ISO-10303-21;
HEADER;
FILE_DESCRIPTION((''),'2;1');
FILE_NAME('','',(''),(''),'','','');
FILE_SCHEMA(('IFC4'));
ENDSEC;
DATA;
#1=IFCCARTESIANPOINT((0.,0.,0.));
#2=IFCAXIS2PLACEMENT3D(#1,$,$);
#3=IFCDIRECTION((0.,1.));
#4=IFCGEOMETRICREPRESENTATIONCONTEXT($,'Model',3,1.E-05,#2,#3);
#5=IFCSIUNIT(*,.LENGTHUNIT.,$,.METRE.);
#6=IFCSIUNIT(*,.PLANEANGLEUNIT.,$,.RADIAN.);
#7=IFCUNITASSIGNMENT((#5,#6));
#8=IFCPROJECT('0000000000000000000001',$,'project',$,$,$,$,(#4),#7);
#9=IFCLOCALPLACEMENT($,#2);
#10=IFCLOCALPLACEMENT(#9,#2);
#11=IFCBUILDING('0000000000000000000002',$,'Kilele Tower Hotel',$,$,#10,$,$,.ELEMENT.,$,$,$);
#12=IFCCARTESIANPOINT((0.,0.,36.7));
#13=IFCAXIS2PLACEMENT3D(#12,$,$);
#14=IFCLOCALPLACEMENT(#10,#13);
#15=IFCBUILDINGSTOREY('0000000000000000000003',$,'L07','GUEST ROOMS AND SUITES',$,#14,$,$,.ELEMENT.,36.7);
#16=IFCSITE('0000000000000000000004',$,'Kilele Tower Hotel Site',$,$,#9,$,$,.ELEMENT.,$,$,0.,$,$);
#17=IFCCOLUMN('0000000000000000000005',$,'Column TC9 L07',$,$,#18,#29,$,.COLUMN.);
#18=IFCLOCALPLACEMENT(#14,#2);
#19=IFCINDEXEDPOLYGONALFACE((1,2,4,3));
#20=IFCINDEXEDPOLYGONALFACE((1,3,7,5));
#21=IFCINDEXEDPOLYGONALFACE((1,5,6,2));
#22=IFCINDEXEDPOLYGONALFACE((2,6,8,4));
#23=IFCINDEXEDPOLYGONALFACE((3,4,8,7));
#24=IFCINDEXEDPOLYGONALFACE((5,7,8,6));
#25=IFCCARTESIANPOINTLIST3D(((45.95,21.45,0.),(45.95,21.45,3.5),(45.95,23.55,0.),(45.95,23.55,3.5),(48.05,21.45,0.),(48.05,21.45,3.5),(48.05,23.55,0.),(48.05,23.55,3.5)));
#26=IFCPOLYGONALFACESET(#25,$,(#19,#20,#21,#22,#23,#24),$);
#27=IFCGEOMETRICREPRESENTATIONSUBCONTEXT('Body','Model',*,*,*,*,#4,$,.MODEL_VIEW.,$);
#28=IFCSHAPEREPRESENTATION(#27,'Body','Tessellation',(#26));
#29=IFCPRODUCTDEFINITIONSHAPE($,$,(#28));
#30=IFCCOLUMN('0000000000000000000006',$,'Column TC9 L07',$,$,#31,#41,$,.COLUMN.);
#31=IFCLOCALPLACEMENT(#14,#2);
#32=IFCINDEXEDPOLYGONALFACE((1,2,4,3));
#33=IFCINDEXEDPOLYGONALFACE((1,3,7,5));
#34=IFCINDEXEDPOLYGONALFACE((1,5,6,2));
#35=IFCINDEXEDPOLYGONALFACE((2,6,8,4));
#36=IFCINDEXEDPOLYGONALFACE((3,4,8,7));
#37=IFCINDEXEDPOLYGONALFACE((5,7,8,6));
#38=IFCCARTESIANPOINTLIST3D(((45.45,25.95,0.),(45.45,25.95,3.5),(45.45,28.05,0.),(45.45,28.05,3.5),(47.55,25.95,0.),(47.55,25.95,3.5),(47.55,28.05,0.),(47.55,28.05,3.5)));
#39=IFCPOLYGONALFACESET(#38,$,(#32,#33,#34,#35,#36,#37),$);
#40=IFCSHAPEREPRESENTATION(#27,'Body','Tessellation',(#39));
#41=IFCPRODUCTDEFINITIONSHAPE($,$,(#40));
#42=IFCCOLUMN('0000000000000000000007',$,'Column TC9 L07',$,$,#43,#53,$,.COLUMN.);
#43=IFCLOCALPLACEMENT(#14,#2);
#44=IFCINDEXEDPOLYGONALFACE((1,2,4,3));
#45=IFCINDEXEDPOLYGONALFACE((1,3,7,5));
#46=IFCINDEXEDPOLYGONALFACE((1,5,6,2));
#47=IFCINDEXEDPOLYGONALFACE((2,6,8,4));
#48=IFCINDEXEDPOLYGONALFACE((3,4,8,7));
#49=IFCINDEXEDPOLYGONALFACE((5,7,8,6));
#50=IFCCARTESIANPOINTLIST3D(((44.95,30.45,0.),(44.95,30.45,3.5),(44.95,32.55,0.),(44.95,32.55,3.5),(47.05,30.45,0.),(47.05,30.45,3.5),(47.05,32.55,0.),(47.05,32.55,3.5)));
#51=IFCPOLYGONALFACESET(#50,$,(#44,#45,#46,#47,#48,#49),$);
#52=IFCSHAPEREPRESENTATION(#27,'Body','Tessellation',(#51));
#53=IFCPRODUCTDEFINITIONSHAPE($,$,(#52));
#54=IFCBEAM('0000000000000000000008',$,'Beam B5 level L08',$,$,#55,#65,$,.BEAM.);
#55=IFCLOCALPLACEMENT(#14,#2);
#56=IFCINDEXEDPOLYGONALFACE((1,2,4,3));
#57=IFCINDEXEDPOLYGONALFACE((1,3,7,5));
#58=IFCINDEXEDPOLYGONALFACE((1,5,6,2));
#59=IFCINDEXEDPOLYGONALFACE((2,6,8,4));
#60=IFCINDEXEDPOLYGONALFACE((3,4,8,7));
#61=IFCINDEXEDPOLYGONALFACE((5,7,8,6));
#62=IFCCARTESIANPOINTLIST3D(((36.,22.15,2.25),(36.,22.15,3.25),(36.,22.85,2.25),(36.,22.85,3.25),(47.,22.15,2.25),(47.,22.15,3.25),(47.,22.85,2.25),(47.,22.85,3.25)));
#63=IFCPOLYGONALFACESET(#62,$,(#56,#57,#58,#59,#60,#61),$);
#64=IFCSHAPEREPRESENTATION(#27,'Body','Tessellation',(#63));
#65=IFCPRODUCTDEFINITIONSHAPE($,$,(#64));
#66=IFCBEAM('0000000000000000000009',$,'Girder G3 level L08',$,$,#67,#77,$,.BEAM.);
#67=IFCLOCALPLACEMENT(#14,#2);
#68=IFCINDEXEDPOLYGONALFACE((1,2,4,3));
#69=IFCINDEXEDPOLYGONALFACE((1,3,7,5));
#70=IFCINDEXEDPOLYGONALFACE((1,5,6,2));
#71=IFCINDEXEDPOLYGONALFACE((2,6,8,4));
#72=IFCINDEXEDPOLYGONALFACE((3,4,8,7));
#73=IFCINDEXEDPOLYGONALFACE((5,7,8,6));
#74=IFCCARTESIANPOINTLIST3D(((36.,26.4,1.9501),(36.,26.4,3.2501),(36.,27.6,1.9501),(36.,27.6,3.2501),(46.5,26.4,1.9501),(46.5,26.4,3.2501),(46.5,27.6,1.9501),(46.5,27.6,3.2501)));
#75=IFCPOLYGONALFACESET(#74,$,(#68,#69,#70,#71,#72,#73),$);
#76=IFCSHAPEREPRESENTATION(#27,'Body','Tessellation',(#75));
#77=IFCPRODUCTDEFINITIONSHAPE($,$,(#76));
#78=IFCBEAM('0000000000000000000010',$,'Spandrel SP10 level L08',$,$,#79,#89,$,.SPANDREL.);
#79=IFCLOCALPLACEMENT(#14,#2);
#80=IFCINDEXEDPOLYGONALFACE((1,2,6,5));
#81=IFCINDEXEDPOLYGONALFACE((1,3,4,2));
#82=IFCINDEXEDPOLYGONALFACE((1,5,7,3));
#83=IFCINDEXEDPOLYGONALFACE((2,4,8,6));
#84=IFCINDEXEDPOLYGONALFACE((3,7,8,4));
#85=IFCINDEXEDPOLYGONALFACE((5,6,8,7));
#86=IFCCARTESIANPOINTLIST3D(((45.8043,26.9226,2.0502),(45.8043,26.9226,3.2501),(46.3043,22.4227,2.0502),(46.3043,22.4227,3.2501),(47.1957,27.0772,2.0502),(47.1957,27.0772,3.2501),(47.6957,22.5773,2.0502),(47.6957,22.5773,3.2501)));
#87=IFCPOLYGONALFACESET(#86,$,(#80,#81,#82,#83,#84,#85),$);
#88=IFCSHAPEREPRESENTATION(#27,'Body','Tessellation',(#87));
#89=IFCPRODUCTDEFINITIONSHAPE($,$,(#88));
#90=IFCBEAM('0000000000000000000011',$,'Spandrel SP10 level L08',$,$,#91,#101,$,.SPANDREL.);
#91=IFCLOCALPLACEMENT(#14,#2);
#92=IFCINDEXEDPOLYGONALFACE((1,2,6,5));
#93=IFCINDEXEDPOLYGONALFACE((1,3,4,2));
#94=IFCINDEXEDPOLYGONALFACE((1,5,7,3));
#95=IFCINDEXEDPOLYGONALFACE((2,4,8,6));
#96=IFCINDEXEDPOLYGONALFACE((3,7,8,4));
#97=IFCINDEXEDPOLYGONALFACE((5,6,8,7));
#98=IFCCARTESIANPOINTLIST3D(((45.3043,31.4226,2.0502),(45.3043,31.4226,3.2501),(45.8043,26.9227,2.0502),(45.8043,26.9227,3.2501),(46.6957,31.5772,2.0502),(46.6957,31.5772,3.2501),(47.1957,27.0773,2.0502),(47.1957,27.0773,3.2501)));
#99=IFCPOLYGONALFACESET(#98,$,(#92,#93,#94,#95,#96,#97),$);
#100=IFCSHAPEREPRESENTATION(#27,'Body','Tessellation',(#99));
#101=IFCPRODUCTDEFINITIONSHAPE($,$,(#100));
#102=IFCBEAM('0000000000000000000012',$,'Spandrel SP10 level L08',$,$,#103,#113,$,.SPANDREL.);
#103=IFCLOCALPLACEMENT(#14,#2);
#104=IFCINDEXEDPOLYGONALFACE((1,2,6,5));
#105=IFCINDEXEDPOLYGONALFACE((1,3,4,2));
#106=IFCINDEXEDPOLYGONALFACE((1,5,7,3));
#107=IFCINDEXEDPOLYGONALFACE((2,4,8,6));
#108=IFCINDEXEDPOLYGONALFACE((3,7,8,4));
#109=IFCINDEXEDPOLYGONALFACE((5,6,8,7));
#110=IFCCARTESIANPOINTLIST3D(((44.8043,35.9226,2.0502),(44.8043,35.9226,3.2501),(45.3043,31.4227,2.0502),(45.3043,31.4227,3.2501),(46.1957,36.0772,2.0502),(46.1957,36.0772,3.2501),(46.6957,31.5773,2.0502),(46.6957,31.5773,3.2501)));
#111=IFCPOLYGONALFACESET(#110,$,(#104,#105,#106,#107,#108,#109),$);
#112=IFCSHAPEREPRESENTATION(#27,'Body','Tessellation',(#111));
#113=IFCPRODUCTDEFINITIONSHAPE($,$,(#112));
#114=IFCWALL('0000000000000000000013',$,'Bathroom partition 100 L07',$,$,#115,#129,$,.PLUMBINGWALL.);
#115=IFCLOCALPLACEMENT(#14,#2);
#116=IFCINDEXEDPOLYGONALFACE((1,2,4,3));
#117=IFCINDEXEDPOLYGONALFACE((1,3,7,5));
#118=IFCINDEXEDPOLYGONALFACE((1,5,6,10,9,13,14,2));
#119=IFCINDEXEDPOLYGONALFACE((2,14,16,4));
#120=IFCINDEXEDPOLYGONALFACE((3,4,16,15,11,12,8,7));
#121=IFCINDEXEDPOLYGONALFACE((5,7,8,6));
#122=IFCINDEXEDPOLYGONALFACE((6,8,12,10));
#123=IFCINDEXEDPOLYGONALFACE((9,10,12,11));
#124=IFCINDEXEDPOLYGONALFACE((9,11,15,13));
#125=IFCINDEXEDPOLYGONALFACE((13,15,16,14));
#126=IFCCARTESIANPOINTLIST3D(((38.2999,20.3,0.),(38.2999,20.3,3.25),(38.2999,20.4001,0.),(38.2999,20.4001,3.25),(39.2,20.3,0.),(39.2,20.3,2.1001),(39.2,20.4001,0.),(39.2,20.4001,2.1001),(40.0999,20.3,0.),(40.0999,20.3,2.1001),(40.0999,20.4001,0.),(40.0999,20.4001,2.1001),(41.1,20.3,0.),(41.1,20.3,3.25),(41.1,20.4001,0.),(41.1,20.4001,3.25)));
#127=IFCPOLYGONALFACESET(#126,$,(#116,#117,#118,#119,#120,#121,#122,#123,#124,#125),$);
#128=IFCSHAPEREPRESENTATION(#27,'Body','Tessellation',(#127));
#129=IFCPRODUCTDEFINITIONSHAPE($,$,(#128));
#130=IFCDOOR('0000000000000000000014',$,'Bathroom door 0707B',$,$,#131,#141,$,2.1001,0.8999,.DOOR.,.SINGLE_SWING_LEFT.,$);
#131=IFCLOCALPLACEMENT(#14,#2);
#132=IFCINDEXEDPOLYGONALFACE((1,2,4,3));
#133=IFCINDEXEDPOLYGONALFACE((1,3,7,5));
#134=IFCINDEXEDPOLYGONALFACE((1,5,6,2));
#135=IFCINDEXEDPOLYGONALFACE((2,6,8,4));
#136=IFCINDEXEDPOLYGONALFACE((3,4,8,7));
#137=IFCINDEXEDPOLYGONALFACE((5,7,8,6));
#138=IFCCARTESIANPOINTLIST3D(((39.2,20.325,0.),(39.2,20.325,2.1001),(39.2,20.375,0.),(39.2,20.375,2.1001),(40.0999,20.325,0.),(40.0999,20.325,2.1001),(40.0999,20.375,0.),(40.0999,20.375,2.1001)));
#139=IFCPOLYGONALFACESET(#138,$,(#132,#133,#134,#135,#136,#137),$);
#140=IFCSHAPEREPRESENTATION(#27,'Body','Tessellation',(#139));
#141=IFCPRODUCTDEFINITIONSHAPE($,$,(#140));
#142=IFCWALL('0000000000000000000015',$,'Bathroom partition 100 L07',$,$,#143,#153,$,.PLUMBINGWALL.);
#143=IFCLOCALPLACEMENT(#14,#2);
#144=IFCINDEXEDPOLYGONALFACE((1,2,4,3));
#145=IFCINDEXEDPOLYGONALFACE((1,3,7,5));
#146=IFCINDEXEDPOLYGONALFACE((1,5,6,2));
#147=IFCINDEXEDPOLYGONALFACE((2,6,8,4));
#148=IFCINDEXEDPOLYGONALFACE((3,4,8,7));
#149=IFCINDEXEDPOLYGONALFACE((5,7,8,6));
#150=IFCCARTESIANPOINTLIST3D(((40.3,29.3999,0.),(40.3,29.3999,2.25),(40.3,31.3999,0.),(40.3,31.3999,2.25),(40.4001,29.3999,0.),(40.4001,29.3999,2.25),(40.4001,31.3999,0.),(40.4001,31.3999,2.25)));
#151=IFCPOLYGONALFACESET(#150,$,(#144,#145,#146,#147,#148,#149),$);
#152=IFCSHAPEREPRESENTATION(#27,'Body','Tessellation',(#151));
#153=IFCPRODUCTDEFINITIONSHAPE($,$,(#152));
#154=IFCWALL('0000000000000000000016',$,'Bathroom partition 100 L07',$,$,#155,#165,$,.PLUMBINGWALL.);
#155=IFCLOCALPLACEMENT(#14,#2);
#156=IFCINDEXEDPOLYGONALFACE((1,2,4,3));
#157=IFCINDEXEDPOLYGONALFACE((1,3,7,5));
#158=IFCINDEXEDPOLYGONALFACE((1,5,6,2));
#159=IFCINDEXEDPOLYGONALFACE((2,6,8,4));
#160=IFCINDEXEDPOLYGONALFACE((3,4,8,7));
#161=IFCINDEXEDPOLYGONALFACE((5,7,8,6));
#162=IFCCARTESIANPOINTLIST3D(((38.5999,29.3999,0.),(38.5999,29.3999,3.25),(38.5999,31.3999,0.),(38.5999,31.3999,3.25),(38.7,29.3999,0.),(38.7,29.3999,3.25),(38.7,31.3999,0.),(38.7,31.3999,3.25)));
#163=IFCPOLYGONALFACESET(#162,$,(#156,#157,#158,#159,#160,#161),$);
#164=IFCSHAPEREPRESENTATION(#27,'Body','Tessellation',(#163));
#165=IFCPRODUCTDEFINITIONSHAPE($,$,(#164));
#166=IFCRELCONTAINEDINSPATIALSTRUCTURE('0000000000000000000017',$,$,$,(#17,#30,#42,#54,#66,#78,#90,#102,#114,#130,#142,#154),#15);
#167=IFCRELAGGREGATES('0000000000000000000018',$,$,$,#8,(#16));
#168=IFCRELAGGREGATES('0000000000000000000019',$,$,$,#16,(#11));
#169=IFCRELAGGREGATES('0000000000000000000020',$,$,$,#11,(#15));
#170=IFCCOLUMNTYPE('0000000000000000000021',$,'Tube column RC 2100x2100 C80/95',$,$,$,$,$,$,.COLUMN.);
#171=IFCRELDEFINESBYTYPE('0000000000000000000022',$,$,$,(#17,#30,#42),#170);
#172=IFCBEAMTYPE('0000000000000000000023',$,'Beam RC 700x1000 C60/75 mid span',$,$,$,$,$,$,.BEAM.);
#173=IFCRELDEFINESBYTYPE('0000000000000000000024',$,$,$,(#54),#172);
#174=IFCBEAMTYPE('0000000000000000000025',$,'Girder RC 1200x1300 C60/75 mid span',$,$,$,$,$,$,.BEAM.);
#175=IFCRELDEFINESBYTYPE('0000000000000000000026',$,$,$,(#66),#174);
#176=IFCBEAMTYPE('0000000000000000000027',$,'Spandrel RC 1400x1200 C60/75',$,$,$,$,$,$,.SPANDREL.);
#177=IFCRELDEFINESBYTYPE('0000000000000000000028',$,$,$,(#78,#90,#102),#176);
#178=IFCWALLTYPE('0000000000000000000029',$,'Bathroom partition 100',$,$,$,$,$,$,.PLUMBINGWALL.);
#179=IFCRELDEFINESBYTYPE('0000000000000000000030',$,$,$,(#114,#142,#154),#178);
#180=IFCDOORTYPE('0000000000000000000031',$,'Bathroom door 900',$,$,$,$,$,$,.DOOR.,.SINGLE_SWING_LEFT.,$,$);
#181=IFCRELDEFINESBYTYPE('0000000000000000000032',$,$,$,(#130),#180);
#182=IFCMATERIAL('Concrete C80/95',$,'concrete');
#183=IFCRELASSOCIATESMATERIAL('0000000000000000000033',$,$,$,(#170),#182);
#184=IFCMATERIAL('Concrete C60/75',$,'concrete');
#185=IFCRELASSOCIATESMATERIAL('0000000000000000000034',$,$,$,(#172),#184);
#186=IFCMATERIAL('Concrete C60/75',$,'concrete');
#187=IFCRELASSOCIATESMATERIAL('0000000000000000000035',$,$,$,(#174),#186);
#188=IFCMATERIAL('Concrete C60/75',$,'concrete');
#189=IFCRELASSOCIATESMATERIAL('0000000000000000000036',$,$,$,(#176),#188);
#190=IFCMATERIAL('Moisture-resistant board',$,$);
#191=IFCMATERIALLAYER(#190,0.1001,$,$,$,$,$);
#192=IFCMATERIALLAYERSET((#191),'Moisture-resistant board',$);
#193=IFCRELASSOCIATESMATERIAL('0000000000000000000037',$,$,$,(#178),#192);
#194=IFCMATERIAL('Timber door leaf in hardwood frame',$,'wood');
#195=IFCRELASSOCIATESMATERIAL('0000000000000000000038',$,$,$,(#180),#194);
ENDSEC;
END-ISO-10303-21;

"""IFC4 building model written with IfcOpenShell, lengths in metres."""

from ifc_helpers import new_model, si_unit, direction, frame, frame_2d, origin, origin_2d, place, context, subcontext, project, spatial, rectangle, extrude, material, layer, layer_set, material_profile, profile_set, type_object, element, fill, save


model = new_model("IFC4")

# Units and contexts
model_context = context("Model", 3, precision=1e-05, world=origin(), true_north=direction((0.0, 1.0)))
body_context = subcontext(model_context, "Body", "Model", "MODEL_VIEW")
ifc_project = project(units=[si_unit("LENGTHUNIT", "METRE"), si_unit("PLANEANGLEUNIT", "RADIAN")], contexts=[model_context])

# Site, building, storey
site_placement = place(None, origin())
site = spatial("IfcSite", under=ifc_project, at=site_placement, Name="Kilele Tower Hotel Site", CompositionType="ELEMENT", RefElevation=0.0)
building_placement = place(site_placement, origin())
building = spatial("IfcBuilding", under=site, at=building_placement, Name="Kilele Tower Hotel", CompositionType="ELEMENT")
storey_placement = place(building_placement, frame((0.0, 0.0, 36.7)))
storey = spatial("IfcBuildingStorey", under=building, at=storey_placement, Name="L07", Description="GUEST ROOMS AND SUITES", CompositionType="ELEMENT", Elevation=36.7)

# Columns
ifc_material_1 = material(Name="Concrete C80/95", Category="concrete")
ifc_material_profile_1 = material_profile(ifc_material_1, rectangle(XDim=2.1001, YDim=2.1001, at=origin_2d()))
ifc_profile_set_1 = profile_set([ifc_material_profile_1], Name="Concrete C80/95")
column_type = type_object("IfcColumnType", Name="Tube column RC 2100x2100 C80/95", PredefinedType="COLUMN", material=ifc_profile_set_1)
for number, where, z_axis, x_axis, name in (
    (1, (47.0, 22.5, 0.0), (0.0, 0.0, 1.0), (1.0, 0.0, 0.0), "Column TC9 L07"),
    (2, (46.5, 27.0, 0.0), (0.0, 0.0, 1.0), (1.0, 0.0, 0.0), "Column TC9 L07"),
    (3, (46.0, 31.5, 0.0), (0.0, 0.0, 1.0), (1.0, 0.0, 0.0), "Column TC9 L07"),
):
    element("IfcColumn", number, at=place(storey_placement, frame(where, z_axis=z_axis, x_axis=x_axis)), inside=storey, type_object=column_type, Name=name, PredefinedType="COLUMN", context=body_context, shape_type="SweptSolid", body=[
        extrude(rectangle(XDim=2.1001, YDim=2.1001, at=origin_2d()), origin(), (0.0, 0.0, 1.0), 3.5),
    ])

# Beams
ifc_material_2 = material(Name="Concrete C60/75", Category="concrete")
ifc_material_profile_2 = material_profile(ifc_material_2, rectangle(XDim=0.7, YDim=1.0, at=origin_2d()))
ifc_profile_set_2 = profile_set([ifc_material_profile_2], Name="Concrete C60/75")
beam_type_1 = type_object("IfcBeamType", Name="Beam RC 700x1000 C60/75 mid span", PredefinedType="BEAM", material=ifc_profile_set_2)
beam_1_placement = place(storey_placement, frame((47.0, 22.5, 2.75), z_axis=(-1.0, 0.0, 0.0), x_axis=(0.0, -1.0, 0.0)))
element("IfcBeam", 4, at=beam_1_placement, inside=storey, type_object=beam_type_1, Name="Beam B5 level L08", PredefinedType="BEAM", context=body_context, shape_type="SweptSolid", body=[
    extrude(rectangle(XDim=0.7, YDim=1.0, at=origin_2d()), origin(), (0.0, 0.0, 1.0), 11.0),
])
ifc_material_3 = material(Name="Concrete C60/75", Category="concrete")
ifc_material_profile_3 = material_profile(ifc_material_3, rectangle(XDim=1.2, YDim=1.3, at=origin_2d()))
ifc_profile_set_3 = profile_set([ifc_material_profile_3], Name="Concrete C60/75")
beam_type_2 = type_object("IfcBeamType", Name="Girder RC 1200x1300 C60/75 mid span", PredefinedType="BEAM", material=ifc_profile_set_3)
beam_2_placement = place(storey_placement, frame((46.5, 27.0, 2.6001), z_axis=(-1.0, 0.0, 0.0), x_axis=(0.0, -1.0, 0.0)))
element("IfcBeam", 5, at=beam_2_placement, inside=storey, type_object=beam_type_2, Name="Girder G3 level L08", PredefinedType="BEAM", context=body_context, shape_type="SweptSolid", body=[
    extrude(rectangle(XDim=1.2, YDim=1.3, at=origin_2d()), origin(), (0.0, 0.0, 1.0), 10.5),
])
ifc_material_4 = material(Name="Concrete C60/75", Category="concrete")
ifc_material_profile_4 = material_profile(ifc_material_4, rectangle(XDim=1.3999, YDim=1.2, at=origin_2d()))
ifc_profile_set_4 = profile_set([ifc_material_profile_4], Name="Concrete C60/75")
beam_type_3 = type_object("IfcBeamType", Name="Spandrel RC 1400x1200 C60/75", PredefinedType="SPANDREL", material=ifc_profile_set_4)
for number, where, z_axis, x_axis, name in (
    (6, (47.0, 22.5, 2.6501), (-0.110432, 0.993884, 0.0), (-0.993884, -0.110432, 0.0), "Spandrel SP10 level L08"),
    (7, (46.5, 27.0, 2.6501), (-0.110432, 0.993884, 0.0), (-0.993884, -0.110432, 0.0), "Spandrel SP10 level L08"),
    (8, (46.0, 31.5, 2.6501), (-0.110432, 0.993884, 0.0), (-0.993884, -0.110432, 0.0), "Spandrel SP10 level L08"),
):
    element("IfcBeam", number, at=place(storey_placement, frame(where, z_axis=z_axis, x_axis=x_axis)), inside=storey, type_object=beam_type_3, Name=name, PredefinedType="SPANDREL", context=body_context, shape_type="SweptSolid", body=[
        extrude(rectangle(XDim=1.3999, YDim=1.2, at=origin_2d()), origin(), (0.0, 0.0, 1.0), 4.5276),
    ])

# Wall, opening, door
ifc_material_5 = material(Name="Moisture-resistant board")
ifc_layer_1 = layer(ifc_material_5, 0.1001)
ifc_layer_set_1 = layer_set([ifc_layer_1], Name="Moisture-resistant board")
wall_type_1 = type_object("IfcWallType", Name="Bathroom partition 100", PredefinedType="PLUMBINGWALL", material=ifc_layer_set_1)
wall_1_placement = place(storey_placement, frame((38.3, 20.3501, 0.0), z_axis=(0.0, 0.0, 1.0), x_axis=(1.0, 0.0, 0.0)))
wall_1 = element("IfcWall", 9, at=wall_1_placement, inside=storey, type_object=wall_type_1, Name="Bathroom partition 100 L07", PredefinedType="PLUMBINGWALL", context=body_context, shape_type="SweptSolid", body=[
    extrude(rectangle(XDim=2.8, YDim=0.1001, at=frame_2d((1.3999, 0.0))), origin(), (0.0, 0.0, 1.0), 3.25),
])
opening_1_placement = place(wall_1_placement, frame((0.8999, 0.0, 0.0)))
opening_1 = element("IfcOpeningElement", 10, at=opening_1_placement, cuts=wall_1, PredefinedType="OPENING", context=body_context, shape_type="SweptSolid", body=[
    extrude(rectangle(XDim=0.8999, YDim=2.1001, at=frame_2d((0.45, 1.05))), frame((0.0, 0.0601, 0.0), z_axis=(0.0, -1.0, 0.0), x_axis=(1.0, 0.0, 0.0)), (0.0, 0.0, 1.0), 0.1201),
])
ifc_material_6 = material(Name="Timber door leaf in hardwood frame", Category="wood")
door_type_1 = type_object("IfcDoorType", Name="Bathroom door 900", OperationType="SINGLE_SWING_LEFT", PredefinedType="DOOR", material=ifc_material_6)
door_1_placement = place(opening_1_placement, origin())
door_1 = element("IfcDoor", 11, at=door_1_placement, inside=storey, type_object=door_type_1, Name="Bathroom door 0707B", OperationType="SINGLE_SWING_LEFT", OverallHeight=2.1001, OverallWidth=0.8999, PredefinedType="DOOR", context=body_context, shape_type="SweptSolid", body=[
    extrude(rectangle(XDim=0.8999, YDim=2.1001, at=frame_2d((0.45, 1.05))), frame((0.0, 0.0249, 0.0), z_axis=(0.0, -1.0, 0.0), x_axis=(1.0, 0.0, 0.0)), (0.0, 0.0, 1.0), 0.05),
])
fill(opening_1, door_1)

# Walls
wall_2_placement = place(storey_placement, frame((40.3501, 31.3999, 0.0), z_axis=(0.0, 0.0, 1.0), x_axis=(0.0, -1.0, 0.0)))
element("IfcWall", 12, at=wall_2_placement, inside=storey, type_object=wall_type_1, Name="Bathroom partition 100 L07", PredefinedType="PLUMBINGWALL", context=body_context, shape_type="SweptSolid", body=[
    extrude(rectangle(XDim=2.0, YDim=0.1001, at=frame_2d((1.0, 0.0))), origin(), (0.0, 0.0, 1.0), 2.25),
])
wall_3_placement = place(storey_placement, frame((38.6499, 31.3999, 0.0), z_axis=(0.0, 0.0, 1.0), x_axis=(0.0, -1.0, 0.0)))
element("IfcWall", 13, at=wall_3_placement, inside=storey, type_object=wall_type_1, Name="Bathroom partition 100 L07", PredefinedType="PLUMBINGWALL", context=body_context, shape_type="SweptSolid", body=[
    extrude(rectangle(XDim=2.0, YDim=0.1001, at=frame_2d((1.0, 0.0))), origin(), (0.0, 0.0, 1.0), 3.25),
])

save(model, "model.ifc")
